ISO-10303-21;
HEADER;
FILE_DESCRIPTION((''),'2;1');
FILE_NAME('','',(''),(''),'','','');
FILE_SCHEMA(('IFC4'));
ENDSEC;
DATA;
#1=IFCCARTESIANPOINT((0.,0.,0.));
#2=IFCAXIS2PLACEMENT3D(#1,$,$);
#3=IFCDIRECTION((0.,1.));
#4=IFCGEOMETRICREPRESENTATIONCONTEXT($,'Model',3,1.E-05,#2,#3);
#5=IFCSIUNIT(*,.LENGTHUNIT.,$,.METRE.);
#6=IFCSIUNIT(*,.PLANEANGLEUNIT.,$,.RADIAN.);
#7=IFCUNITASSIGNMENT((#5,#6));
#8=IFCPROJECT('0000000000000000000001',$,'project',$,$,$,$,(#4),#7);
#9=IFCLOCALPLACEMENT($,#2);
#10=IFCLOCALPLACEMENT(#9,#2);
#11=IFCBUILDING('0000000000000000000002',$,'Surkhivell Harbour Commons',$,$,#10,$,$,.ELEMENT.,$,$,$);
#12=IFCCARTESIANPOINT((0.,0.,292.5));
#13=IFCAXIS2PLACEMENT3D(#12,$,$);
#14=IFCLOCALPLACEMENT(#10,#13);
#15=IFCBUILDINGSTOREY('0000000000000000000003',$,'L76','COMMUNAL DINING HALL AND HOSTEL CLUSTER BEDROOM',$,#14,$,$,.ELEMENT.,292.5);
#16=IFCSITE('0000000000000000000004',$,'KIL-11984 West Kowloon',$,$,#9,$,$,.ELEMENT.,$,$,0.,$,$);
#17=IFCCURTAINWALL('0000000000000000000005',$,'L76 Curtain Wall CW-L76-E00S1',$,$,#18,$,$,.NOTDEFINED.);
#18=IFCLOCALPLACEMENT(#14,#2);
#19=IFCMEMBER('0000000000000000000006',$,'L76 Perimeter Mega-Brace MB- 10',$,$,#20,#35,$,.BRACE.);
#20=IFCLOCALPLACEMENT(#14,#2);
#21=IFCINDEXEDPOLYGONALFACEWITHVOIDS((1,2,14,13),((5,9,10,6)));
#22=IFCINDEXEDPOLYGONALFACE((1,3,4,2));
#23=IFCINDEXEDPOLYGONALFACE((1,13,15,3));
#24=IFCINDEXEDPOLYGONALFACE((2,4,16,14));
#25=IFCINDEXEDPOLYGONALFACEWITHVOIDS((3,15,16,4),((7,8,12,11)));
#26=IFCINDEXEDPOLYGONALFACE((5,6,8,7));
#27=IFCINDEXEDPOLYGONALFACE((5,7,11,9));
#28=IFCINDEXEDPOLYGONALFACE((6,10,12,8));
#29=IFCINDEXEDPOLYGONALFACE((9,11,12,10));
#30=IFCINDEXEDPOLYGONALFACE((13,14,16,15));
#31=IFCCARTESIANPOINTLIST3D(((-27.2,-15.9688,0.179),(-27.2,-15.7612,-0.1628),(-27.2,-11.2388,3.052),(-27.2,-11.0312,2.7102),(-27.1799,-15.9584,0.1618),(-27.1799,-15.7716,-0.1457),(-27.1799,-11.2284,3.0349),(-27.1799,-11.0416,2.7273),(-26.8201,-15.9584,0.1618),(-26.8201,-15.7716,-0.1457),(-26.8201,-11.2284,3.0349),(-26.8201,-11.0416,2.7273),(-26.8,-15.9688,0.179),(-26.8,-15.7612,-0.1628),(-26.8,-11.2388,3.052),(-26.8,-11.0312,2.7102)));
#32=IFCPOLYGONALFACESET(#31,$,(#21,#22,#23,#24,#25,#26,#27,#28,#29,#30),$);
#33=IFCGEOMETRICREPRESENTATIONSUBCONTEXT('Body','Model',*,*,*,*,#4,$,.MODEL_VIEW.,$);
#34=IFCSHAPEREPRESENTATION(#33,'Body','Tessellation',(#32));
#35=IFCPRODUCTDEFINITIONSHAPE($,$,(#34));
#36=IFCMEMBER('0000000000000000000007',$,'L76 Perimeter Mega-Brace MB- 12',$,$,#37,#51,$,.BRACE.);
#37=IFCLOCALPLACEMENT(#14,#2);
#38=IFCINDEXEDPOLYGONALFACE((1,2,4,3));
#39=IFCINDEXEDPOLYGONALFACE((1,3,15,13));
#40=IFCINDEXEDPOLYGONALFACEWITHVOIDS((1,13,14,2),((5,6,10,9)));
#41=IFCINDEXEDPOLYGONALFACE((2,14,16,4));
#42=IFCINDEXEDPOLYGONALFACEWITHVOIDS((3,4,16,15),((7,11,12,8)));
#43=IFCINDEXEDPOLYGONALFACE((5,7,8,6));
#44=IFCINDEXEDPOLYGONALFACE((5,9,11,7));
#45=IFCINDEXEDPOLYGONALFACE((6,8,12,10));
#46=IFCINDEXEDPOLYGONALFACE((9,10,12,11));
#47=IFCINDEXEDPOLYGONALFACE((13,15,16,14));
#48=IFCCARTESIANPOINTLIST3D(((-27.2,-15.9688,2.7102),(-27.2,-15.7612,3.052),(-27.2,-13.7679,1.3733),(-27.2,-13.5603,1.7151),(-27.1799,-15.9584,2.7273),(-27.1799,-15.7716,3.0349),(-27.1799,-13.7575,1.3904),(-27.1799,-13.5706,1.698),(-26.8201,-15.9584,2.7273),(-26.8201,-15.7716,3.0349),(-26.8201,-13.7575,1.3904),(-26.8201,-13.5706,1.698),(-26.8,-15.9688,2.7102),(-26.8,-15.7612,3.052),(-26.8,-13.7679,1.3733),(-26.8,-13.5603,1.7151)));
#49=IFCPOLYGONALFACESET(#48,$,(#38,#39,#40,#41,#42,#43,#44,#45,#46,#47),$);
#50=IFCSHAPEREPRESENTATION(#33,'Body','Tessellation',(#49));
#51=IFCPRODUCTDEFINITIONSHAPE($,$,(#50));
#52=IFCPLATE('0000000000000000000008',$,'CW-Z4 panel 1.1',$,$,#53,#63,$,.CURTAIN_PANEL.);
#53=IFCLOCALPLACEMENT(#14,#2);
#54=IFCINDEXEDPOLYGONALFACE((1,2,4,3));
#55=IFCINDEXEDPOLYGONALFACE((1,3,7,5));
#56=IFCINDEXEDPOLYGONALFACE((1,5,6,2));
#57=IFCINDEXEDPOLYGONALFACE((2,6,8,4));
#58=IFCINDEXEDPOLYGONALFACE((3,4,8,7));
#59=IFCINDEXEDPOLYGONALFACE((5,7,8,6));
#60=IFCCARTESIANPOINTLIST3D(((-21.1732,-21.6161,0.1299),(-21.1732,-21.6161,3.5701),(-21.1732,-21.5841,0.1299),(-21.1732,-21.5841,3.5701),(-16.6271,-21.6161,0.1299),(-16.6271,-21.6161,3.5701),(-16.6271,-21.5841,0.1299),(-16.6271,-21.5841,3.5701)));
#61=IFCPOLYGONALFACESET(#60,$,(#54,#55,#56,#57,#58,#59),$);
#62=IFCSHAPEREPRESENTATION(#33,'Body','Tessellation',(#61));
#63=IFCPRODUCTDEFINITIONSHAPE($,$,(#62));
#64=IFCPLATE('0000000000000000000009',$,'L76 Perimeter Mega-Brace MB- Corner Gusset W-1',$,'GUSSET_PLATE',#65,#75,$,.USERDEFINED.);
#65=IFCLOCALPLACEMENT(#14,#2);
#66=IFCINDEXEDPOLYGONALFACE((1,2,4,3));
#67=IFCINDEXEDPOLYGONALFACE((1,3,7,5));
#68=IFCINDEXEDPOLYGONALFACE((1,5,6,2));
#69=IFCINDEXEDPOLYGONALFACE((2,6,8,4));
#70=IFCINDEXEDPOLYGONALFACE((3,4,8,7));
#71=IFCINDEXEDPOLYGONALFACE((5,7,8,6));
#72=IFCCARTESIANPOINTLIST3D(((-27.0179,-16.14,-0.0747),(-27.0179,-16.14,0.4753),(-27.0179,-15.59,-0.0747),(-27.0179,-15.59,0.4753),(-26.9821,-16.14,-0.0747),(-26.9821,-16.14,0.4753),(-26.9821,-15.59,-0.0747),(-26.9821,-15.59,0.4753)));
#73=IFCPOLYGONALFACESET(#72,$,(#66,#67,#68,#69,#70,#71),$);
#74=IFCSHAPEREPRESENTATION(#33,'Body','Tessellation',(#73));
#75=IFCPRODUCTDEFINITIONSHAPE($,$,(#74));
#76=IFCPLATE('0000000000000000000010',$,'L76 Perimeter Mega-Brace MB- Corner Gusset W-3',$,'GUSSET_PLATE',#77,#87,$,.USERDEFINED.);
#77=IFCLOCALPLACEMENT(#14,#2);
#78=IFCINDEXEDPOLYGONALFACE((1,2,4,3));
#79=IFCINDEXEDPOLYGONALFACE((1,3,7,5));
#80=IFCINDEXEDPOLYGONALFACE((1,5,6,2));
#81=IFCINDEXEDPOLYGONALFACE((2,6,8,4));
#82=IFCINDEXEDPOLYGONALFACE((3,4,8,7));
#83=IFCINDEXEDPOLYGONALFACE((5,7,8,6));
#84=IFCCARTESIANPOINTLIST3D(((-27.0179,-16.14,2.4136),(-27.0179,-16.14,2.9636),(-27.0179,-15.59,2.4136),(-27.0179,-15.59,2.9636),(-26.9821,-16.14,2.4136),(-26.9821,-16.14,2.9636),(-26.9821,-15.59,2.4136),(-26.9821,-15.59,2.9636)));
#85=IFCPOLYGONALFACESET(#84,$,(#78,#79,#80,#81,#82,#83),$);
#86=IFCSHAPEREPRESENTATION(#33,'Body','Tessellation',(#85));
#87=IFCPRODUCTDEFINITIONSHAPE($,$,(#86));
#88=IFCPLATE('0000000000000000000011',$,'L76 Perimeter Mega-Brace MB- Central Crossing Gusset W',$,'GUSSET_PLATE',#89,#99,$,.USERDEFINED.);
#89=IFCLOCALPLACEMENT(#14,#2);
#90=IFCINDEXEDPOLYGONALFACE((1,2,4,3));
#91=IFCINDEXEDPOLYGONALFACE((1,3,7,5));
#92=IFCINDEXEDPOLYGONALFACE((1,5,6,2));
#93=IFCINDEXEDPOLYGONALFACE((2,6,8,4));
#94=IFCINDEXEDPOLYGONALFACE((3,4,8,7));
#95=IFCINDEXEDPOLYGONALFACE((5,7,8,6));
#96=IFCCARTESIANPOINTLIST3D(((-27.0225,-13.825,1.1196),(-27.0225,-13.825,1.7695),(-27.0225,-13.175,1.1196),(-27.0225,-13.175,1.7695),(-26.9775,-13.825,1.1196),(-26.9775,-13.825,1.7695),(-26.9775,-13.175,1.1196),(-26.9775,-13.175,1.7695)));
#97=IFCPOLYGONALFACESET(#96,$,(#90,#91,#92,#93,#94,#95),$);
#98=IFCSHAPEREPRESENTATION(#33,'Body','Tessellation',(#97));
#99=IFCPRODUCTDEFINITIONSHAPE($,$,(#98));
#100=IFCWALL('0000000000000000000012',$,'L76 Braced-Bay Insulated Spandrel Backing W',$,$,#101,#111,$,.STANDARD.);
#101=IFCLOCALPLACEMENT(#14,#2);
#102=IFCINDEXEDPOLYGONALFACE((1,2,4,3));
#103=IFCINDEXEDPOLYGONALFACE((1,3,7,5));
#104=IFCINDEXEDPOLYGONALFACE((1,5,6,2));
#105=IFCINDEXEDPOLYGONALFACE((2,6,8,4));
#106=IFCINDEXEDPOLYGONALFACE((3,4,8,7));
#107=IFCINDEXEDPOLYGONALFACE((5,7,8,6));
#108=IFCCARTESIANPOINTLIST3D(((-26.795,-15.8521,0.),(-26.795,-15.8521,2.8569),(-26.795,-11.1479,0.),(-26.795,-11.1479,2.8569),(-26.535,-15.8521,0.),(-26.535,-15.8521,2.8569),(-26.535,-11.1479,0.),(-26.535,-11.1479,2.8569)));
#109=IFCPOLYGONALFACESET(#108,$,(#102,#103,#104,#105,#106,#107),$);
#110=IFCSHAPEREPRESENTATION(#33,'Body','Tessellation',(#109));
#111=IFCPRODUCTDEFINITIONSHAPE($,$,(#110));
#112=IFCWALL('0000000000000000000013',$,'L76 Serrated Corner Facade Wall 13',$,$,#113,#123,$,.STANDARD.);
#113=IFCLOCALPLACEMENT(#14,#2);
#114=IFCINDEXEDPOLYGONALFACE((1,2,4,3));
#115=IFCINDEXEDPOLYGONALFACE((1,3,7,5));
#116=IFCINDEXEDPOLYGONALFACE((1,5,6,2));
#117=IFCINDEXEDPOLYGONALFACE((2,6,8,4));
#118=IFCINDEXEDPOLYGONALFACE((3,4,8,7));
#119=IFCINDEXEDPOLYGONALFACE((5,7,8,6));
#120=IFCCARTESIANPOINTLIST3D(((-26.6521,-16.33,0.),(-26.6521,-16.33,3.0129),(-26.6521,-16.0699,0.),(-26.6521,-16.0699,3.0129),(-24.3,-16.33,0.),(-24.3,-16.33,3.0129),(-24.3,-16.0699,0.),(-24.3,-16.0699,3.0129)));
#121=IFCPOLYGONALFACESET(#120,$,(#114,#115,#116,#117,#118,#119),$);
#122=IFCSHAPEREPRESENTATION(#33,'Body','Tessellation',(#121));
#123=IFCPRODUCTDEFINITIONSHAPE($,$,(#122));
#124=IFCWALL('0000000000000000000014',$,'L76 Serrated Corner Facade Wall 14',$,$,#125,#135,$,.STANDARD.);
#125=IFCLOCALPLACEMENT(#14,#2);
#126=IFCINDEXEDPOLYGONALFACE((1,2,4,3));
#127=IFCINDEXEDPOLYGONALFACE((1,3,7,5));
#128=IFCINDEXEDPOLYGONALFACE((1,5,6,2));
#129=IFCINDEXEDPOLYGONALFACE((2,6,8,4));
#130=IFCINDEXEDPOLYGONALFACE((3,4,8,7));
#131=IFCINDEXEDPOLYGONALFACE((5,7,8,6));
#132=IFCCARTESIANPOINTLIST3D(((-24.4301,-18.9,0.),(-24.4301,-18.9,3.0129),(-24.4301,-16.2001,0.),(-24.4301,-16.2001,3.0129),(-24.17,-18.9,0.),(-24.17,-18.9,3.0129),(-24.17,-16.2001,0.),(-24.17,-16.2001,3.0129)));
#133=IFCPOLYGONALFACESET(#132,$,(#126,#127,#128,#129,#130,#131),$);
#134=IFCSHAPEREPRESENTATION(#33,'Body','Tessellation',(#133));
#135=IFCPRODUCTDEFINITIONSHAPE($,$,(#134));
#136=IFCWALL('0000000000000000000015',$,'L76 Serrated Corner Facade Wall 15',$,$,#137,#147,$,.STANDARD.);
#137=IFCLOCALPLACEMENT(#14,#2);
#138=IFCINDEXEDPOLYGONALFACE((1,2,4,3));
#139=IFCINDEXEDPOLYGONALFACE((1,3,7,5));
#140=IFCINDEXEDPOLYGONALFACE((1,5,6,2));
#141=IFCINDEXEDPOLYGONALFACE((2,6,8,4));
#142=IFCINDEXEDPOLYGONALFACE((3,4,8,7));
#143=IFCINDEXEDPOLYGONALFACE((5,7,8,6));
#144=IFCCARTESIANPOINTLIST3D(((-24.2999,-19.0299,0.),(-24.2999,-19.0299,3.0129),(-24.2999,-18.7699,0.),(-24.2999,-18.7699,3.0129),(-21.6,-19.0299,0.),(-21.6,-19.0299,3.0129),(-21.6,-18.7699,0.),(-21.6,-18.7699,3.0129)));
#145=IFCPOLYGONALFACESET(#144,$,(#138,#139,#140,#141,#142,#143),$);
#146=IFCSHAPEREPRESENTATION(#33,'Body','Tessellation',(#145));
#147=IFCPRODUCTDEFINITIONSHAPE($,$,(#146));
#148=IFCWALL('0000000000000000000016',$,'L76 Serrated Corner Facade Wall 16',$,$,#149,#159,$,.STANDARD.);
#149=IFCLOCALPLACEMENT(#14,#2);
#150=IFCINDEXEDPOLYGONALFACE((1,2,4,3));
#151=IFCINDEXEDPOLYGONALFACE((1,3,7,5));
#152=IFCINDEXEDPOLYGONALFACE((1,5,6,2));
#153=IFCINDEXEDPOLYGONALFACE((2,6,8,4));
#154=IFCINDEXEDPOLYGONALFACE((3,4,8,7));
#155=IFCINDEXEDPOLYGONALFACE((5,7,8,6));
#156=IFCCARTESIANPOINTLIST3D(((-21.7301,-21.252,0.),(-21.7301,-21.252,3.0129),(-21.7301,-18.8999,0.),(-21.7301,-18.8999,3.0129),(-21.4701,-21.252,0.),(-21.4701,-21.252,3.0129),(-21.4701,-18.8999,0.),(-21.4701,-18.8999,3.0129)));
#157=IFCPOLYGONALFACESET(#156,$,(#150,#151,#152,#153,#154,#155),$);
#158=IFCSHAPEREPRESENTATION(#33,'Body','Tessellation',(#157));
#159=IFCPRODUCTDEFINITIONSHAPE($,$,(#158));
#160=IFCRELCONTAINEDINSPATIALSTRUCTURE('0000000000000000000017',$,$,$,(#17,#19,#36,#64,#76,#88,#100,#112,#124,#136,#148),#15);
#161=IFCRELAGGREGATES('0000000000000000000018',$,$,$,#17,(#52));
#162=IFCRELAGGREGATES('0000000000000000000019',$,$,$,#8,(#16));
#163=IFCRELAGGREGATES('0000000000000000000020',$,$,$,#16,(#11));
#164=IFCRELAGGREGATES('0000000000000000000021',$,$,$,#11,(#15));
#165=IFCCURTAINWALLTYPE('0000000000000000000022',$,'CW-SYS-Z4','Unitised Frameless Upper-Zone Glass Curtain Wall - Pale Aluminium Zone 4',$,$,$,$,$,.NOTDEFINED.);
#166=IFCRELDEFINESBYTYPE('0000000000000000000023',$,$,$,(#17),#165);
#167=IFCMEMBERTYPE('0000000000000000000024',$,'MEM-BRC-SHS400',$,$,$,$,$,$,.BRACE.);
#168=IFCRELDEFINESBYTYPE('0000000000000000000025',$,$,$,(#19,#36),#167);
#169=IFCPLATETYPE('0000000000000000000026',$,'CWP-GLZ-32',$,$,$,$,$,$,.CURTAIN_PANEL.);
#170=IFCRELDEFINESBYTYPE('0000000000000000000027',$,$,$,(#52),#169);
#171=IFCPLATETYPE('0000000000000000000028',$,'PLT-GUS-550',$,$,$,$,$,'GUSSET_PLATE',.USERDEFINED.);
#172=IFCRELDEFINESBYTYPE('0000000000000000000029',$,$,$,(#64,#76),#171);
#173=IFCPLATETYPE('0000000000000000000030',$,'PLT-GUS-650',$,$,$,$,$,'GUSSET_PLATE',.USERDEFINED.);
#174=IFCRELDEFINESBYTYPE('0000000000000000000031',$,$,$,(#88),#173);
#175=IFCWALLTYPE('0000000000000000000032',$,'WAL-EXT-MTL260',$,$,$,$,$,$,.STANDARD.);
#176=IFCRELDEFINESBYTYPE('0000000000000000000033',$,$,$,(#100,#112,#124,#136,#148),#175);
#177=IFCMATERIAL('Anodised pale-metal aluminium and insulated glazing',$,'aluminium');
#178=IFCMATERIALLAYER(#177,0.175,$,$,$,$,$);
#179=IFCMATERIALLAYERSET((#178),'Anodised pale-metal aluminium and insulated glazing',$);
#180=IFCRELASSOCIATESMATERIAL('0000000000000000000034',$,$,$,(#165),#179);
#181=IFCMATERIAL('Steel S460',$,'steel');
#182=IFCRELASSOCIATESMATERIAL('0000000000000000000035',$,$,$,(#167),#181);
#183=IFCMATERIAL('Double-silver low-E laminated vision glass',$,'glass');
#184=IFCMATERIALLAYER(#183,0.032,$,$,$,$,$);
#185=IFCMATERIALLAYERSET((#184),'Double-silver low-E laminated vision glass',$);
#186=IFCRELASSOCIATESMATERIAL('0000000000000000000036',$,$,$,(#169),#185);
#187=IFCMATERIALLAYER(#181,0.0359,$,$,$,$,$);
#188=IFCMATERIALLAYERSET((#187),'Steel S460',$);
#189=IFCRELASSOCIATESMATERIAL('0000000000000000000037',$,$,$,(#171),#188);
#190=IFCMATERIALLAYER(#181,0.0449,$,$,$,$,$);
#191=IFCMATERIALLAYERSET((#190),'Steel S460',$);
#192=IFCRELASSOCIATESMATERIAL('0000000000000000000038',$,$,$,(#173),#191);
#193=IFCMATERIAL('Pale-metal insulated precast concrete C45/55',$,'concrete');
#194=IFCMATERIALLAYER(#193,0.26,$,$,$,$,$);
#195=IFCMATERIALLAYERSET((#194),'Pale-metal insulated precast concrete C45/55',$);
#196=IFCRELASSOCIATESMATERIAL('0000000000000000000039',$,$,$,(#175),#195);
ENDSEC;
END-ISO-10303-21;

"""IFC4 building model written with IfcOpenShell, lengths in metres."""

from ifc_helpers import new_model, si_unit, direction, frame, frame_2d, origin, origin_2d, place, context, subcontext, project, spatial, rectangle, hollow_rectangle, extrude, material, layer, layer_set, material_profile, profile_set, type_object, element, aggregate, save


model = new_model("IFC4")

# Units and contexts
model_context = context("Model", 3, precision=1e-05, world=origin(), true_north=direction((0.0, 1.0)))
body_context = subcontext(model_context, "Body", "Model", "MODEL_VIEW")
ifc_project = project(units=[si_unit("LENGTHUNIT", "METRE"), si_unit("PLANEANGLEUNIT", "RADIAN")], contexts=[model_context])

# Site, building, storey
site_placement = place(None, origin())
site = spatial("IfcSite", under=ifc_project, at=site_placement, Name="KIL-11984 West Kowloon", CompositionType="ELEMENT", RefElevation=0.0)
building_placement = place(site_placement, origin())
building = spatial("IfcBuilding", under=site, at=building_placement, Name="Surkhivell Harbour Commons", CompositionType="ELEMENT")
storey_placement = place(building_placement, frame((0.0, 0.0, 292.5)))
storey = spatial("IfcBuildingStorey", under=building, at=storey_placement, Name="L76", Description="COMMUNAL DINING HALL AND HOSTEL CLUSTER BEDROOM", CompositionType="ELEMENT", Elevation=292.5)

# Curtain wall
ifc_material_1 = material(Name="Anodised pale-metal aluminium and insulated glazing", Category="aluminium")
ifc_layer_1 = layer(ifc_material_1, 0.175)
ifc_layer_set_1 = layer_set([ifc_layer_1], Name="Anodised pale-metal aluminium and insulated glazing")
curtain_wall_type = type_object("IfcCurtainWallType", Name="CW-SYS-Z4", Description="Unitised Frameless Upper-Zone Glass Curtain Wall - Pale Aluminium Zone 4", PredefinedType="NOTDEFINED", material=ifc_layer_set_1)
curtain_wall_placement = place(storey_placement, origin())
curtain_wall = element("IfcCurtainWall", 1, at=curtain_wall_placement, inside=storey, type_object=curtain_wall_type, Name="L76 Curtain Wall CW-L76-E00S1", PredefinedType="NOTDEFINED")

# Members
ifc_material_2 = material(Name="Steel S460", Category="steel")
ifc_material_profile_1 = material_profile(ifc_material_2, hollow_rectangle(XDim=0.3999, YDim=0.3999, WallThickness=0.02, at=origin_2d()), Name="SHS400x400x20")
ifc_profile_set_1 = profile_set([ifc_material_profile_1], Name="Steel S460")
member_type_1 = type_object("IfcMemberType", Name="MEM-BRC-SHS400", PredefinedType="BRACE", material=ifc_profile_set_1)
member_1_placement = place(storey_placement, frame((-27.0, -15.865, 0.0081), z_axis=(0.0, 0.854685, 0.519146), x_axis=(-1.0, 0.0, 0.0)))
element("IfcMember", 2, at=member_1_placement, inside=storey, type_object=member_type_1, Name="L76 Perimeter Mega-Brace MB- 10", PredefinedType="BRACE", context=body_context, shape_type="SweptSolid", body=[
    extrude(hollow_rectangle(XDim=0.3999, YDim=0.3999, WallThickness=0.02, at=origin_2d()), origin(), (0.0, 0.0, 1.0), 5.5342),
])
member_2_placement = place(storey_placement, frame((-27.0, -13.6641, 1.5442), z_axis=(0.0, -0.854678, 0.519159), x_axis=(1.0, 0.0, 0.0)))
element("IfcMember", 3, at=member_2_placement, inside=storey, type_object=member_type_1, Name="L76 Perimeter Mega-Brace MB- 12", PredefinedType="BRACE", context=body_context, shape_type="SweptSolid", body=[
    extrude(hollow_rectangle(XDim=0.3999, YDim=0.3999, WallThickness=0.02, at=origin_2d()), origin(), (0.0, 0.0, 1.0), 2.5752),
])

# Plate
ifc_material_3 = material(Name="Double-silver low-E laminated vision glass", Category="glass")
ifc_layer_2 = layer(ifc_material_3, 0.032)
ifc_layer_set_2 = layer_set([ifc_layer_2], Name="Double-silver low-E laminated vision glass")
plate_type_1 = type_object("IfcPlateType", Name="CWP-GLZ-32", PredefinedType="CURTAIN_PANEL", material=ifc_layer_set_2)
plate_1_placement = place(storey_placement, frame((-21.1731, -21.6001, 0.1299), z_axis=(0.0, 0.0, 1.0), x_axis=(1.0, 0.0, 0.0)))
plate_1 = element("IfcPlate", 4, at=plate_1_placement, type_object=plate_type_1, Name="CW-Z4 panel 1.1", PredefinedType="CURTAIN_PANEL", context=body_context, shape_type="SweptSolid", body=[
    extrude(rectangle(XDim=4.5461, YDim=0.032, at=frame_2d((2.2729, 0.0))), origin(), (0.0, 0.0, 1.0), 3.4402),
])
aggregate(curtain_wall, [plate_1])

# Plates
ifc_layer_3 = layer(ifc_material_2, 0.0359)
ifc_layer_set_3 = layer_set([ifc_layer_3], Name="Steel S460")
plate_type_2 = type_object("IfcPlateType", Name="PLT-GUS-550", ElementType="GUSSET_PLATE", PredefinedType="USERDEFINED", material=ifc_layer_set_3)
for number, where, z_axis, x_axis, name in (
    (5, (-27.0, -15.865, -0.0747), (0.0, 0.0, 1.0), (0.0, 1.0, 0.0), "L76 Perimeter Mega-Brace MB- Corner Gusset W-1"),
    (6, (-27.0, -15.865, 2.4136), (0.0, 0.0, 1.0), (0.0, 1.0, 0.0), "L76 Perimeter Mega-Brace MB- Corner Gusset W-3"),
):
    element("IfcPlate", number, at=place(storey_placement, frame(where, z_axis=z_axis, x_axis=x_axis)), inside=storey, type_object=plate_type_2, Name=name, ObjectType="GUSSET_PLATE", PredefinedType="USERDEFINED", context=body_context, shape_type="SweptSolid", body=[
        extrude(rectangle(XDim=0.55, YDim=0.0359, at=origin_2d()), origin(), (0.0, 0.0, 1.0), 0.55),
    ])
ifc_layer_4 = layer(ifc_material_2, 0.0449)
ifc_layer_set_4 = layer_set([ifc_layer_4], Name="Steel S460")
plate_type_3 = type_object("IfcPlateType", Name="PLT-GUS-650", ElementType="GUSSET_PLATE", PredefinedType="USERDEFINED", material=ifc_layer_set_4)
plate_2_placement = place(storey_placement, frame((-27.0, -13.5, 1.1196), z_axis=(0.0, 0.0, 1.0), x_axis=(0.0, 1.0, 0.0)))
element("IfcPlate", 7, at=plate_2_placement, inside=storey, type_object=plate_type_3, Name="L76 Perimeter Mega-Brace MB- Central Crossing Gusset W", ObjectType="GUSSET_PLATE", PredefinedType="USERDEFINED", context=body_context, shape_type="SweptSolid", body=[
    extrude(rectangle(XDim=0.6499, YDim=0.0449, at=origin_2d()), origin(), (0.0, 0.0, 1.0), 0.6499),
])

# Walls
ifc_material_4 = material(Name="Pale-metal insulated precast concrete C45/55", Category="concrete")
ifc_layer_5 = layer(ifc_material_4, 0.26)
ifc_layer_set_5 = layer_set([ifc_layer_5], Name="Pale-metal insulated precast concrete C45/55")
wall_type = type_object("IfcWallType", Name="WAL-EXT-MTL260", PredefinedType="STANDARD", material=ifc_layer_set_5)
wall_1_placement = place(storey_placement, frame((-26.665, -11.1479, 0.0), z_axis=(0.0, 0.0, 1.0), x_axis=(0.0, -1.0, 0.0)))
element("IfcWall", 8, at=wall_1_placement, inside=storey, type_object=wall_type, Name="L76 Braced-Bay Insulated Spandrel Backing W", PredefinedType="STANDARD", context=body_context, shape_type="SweptSolid", body=[
    extrude(rectangle(XDim=4.7041, YDim=0.26, at=frame_2d((2.3521, 0.0))), origin(), (0.0, 0.0, 1.0), 2.8569),
])
wall_2_placement = place(storey_placement, frame((-26.6521, -16.2, 0.0), z_axis=(0.0, 0.0, 1.0), x_axis=(1.0, 0.0, 0.0)))
element("IfcWall", 9, at=wall_2_placement, inside=storey, type_object=wall_type, Name="L76 Serrated Corner Facade Wall 13", PredefinedType="STANDARD", context=body_context, shape_type="SweptSolid", body=[
    extrude(rectangle(XDim=2.3521, YDim=0.26, at=frame_2d((1.176, 0.0))), origin(), (0.0, 0.0, 1.0), 3.0129),
])
for number, where, z_axis, x_axis, name in (
    (10, (-24.3, -16.2, 0.0), (0.0, 0.0, 1.0), (0.0, -1.0, 0.0), "L76 Serrated Corner Facade Wall 14"),
    (11, (-24.3, -18.8999, 0.0), (0.0, 0.0, 1.0), (1.0, 0.0, 0.0), "L76 Serrated Corner Facade Wall 15"),
):
    element("IfcWall", number, at=place(storey_placement, frame(where, z_axis=z_axis, x_axis=x_axis)), inside=storey, type_object=wall_type, Name=name, PredefinedType="STANDARD", context=body_context, shape_type="SweptSolid", body=[
        extrude(rectangle(XDim=2.7, YDim=0.26, at=frame_2d((1.3501, 0.0))), origin(), (0.0, 0.0, 1.0), 3.0129),
    ])
wall_3_placement = place(storey_placement, frame((-21.6001, -18.8999, 0.0), z_axis=(0.0, 0.0, 1.0), x_axis=(0.0, -1.0, 0.0)))
element("IfcWall", 12, at=wall_3_placement, inside=storey, type_object=wall_type, Name="L76 Serrated Corner Facade Wall 16", PredefinedType="STANDARD", context=body_context, shape_type="SweptSolid", body=[
    extrude(rectangle(XDim=2.3521, YDim=0.26, at=frame_2d((1.176, 0.0))), origin(), (0.0, 0.0, 1.0), 3.0129),
])

save(model, "model.ifc")
